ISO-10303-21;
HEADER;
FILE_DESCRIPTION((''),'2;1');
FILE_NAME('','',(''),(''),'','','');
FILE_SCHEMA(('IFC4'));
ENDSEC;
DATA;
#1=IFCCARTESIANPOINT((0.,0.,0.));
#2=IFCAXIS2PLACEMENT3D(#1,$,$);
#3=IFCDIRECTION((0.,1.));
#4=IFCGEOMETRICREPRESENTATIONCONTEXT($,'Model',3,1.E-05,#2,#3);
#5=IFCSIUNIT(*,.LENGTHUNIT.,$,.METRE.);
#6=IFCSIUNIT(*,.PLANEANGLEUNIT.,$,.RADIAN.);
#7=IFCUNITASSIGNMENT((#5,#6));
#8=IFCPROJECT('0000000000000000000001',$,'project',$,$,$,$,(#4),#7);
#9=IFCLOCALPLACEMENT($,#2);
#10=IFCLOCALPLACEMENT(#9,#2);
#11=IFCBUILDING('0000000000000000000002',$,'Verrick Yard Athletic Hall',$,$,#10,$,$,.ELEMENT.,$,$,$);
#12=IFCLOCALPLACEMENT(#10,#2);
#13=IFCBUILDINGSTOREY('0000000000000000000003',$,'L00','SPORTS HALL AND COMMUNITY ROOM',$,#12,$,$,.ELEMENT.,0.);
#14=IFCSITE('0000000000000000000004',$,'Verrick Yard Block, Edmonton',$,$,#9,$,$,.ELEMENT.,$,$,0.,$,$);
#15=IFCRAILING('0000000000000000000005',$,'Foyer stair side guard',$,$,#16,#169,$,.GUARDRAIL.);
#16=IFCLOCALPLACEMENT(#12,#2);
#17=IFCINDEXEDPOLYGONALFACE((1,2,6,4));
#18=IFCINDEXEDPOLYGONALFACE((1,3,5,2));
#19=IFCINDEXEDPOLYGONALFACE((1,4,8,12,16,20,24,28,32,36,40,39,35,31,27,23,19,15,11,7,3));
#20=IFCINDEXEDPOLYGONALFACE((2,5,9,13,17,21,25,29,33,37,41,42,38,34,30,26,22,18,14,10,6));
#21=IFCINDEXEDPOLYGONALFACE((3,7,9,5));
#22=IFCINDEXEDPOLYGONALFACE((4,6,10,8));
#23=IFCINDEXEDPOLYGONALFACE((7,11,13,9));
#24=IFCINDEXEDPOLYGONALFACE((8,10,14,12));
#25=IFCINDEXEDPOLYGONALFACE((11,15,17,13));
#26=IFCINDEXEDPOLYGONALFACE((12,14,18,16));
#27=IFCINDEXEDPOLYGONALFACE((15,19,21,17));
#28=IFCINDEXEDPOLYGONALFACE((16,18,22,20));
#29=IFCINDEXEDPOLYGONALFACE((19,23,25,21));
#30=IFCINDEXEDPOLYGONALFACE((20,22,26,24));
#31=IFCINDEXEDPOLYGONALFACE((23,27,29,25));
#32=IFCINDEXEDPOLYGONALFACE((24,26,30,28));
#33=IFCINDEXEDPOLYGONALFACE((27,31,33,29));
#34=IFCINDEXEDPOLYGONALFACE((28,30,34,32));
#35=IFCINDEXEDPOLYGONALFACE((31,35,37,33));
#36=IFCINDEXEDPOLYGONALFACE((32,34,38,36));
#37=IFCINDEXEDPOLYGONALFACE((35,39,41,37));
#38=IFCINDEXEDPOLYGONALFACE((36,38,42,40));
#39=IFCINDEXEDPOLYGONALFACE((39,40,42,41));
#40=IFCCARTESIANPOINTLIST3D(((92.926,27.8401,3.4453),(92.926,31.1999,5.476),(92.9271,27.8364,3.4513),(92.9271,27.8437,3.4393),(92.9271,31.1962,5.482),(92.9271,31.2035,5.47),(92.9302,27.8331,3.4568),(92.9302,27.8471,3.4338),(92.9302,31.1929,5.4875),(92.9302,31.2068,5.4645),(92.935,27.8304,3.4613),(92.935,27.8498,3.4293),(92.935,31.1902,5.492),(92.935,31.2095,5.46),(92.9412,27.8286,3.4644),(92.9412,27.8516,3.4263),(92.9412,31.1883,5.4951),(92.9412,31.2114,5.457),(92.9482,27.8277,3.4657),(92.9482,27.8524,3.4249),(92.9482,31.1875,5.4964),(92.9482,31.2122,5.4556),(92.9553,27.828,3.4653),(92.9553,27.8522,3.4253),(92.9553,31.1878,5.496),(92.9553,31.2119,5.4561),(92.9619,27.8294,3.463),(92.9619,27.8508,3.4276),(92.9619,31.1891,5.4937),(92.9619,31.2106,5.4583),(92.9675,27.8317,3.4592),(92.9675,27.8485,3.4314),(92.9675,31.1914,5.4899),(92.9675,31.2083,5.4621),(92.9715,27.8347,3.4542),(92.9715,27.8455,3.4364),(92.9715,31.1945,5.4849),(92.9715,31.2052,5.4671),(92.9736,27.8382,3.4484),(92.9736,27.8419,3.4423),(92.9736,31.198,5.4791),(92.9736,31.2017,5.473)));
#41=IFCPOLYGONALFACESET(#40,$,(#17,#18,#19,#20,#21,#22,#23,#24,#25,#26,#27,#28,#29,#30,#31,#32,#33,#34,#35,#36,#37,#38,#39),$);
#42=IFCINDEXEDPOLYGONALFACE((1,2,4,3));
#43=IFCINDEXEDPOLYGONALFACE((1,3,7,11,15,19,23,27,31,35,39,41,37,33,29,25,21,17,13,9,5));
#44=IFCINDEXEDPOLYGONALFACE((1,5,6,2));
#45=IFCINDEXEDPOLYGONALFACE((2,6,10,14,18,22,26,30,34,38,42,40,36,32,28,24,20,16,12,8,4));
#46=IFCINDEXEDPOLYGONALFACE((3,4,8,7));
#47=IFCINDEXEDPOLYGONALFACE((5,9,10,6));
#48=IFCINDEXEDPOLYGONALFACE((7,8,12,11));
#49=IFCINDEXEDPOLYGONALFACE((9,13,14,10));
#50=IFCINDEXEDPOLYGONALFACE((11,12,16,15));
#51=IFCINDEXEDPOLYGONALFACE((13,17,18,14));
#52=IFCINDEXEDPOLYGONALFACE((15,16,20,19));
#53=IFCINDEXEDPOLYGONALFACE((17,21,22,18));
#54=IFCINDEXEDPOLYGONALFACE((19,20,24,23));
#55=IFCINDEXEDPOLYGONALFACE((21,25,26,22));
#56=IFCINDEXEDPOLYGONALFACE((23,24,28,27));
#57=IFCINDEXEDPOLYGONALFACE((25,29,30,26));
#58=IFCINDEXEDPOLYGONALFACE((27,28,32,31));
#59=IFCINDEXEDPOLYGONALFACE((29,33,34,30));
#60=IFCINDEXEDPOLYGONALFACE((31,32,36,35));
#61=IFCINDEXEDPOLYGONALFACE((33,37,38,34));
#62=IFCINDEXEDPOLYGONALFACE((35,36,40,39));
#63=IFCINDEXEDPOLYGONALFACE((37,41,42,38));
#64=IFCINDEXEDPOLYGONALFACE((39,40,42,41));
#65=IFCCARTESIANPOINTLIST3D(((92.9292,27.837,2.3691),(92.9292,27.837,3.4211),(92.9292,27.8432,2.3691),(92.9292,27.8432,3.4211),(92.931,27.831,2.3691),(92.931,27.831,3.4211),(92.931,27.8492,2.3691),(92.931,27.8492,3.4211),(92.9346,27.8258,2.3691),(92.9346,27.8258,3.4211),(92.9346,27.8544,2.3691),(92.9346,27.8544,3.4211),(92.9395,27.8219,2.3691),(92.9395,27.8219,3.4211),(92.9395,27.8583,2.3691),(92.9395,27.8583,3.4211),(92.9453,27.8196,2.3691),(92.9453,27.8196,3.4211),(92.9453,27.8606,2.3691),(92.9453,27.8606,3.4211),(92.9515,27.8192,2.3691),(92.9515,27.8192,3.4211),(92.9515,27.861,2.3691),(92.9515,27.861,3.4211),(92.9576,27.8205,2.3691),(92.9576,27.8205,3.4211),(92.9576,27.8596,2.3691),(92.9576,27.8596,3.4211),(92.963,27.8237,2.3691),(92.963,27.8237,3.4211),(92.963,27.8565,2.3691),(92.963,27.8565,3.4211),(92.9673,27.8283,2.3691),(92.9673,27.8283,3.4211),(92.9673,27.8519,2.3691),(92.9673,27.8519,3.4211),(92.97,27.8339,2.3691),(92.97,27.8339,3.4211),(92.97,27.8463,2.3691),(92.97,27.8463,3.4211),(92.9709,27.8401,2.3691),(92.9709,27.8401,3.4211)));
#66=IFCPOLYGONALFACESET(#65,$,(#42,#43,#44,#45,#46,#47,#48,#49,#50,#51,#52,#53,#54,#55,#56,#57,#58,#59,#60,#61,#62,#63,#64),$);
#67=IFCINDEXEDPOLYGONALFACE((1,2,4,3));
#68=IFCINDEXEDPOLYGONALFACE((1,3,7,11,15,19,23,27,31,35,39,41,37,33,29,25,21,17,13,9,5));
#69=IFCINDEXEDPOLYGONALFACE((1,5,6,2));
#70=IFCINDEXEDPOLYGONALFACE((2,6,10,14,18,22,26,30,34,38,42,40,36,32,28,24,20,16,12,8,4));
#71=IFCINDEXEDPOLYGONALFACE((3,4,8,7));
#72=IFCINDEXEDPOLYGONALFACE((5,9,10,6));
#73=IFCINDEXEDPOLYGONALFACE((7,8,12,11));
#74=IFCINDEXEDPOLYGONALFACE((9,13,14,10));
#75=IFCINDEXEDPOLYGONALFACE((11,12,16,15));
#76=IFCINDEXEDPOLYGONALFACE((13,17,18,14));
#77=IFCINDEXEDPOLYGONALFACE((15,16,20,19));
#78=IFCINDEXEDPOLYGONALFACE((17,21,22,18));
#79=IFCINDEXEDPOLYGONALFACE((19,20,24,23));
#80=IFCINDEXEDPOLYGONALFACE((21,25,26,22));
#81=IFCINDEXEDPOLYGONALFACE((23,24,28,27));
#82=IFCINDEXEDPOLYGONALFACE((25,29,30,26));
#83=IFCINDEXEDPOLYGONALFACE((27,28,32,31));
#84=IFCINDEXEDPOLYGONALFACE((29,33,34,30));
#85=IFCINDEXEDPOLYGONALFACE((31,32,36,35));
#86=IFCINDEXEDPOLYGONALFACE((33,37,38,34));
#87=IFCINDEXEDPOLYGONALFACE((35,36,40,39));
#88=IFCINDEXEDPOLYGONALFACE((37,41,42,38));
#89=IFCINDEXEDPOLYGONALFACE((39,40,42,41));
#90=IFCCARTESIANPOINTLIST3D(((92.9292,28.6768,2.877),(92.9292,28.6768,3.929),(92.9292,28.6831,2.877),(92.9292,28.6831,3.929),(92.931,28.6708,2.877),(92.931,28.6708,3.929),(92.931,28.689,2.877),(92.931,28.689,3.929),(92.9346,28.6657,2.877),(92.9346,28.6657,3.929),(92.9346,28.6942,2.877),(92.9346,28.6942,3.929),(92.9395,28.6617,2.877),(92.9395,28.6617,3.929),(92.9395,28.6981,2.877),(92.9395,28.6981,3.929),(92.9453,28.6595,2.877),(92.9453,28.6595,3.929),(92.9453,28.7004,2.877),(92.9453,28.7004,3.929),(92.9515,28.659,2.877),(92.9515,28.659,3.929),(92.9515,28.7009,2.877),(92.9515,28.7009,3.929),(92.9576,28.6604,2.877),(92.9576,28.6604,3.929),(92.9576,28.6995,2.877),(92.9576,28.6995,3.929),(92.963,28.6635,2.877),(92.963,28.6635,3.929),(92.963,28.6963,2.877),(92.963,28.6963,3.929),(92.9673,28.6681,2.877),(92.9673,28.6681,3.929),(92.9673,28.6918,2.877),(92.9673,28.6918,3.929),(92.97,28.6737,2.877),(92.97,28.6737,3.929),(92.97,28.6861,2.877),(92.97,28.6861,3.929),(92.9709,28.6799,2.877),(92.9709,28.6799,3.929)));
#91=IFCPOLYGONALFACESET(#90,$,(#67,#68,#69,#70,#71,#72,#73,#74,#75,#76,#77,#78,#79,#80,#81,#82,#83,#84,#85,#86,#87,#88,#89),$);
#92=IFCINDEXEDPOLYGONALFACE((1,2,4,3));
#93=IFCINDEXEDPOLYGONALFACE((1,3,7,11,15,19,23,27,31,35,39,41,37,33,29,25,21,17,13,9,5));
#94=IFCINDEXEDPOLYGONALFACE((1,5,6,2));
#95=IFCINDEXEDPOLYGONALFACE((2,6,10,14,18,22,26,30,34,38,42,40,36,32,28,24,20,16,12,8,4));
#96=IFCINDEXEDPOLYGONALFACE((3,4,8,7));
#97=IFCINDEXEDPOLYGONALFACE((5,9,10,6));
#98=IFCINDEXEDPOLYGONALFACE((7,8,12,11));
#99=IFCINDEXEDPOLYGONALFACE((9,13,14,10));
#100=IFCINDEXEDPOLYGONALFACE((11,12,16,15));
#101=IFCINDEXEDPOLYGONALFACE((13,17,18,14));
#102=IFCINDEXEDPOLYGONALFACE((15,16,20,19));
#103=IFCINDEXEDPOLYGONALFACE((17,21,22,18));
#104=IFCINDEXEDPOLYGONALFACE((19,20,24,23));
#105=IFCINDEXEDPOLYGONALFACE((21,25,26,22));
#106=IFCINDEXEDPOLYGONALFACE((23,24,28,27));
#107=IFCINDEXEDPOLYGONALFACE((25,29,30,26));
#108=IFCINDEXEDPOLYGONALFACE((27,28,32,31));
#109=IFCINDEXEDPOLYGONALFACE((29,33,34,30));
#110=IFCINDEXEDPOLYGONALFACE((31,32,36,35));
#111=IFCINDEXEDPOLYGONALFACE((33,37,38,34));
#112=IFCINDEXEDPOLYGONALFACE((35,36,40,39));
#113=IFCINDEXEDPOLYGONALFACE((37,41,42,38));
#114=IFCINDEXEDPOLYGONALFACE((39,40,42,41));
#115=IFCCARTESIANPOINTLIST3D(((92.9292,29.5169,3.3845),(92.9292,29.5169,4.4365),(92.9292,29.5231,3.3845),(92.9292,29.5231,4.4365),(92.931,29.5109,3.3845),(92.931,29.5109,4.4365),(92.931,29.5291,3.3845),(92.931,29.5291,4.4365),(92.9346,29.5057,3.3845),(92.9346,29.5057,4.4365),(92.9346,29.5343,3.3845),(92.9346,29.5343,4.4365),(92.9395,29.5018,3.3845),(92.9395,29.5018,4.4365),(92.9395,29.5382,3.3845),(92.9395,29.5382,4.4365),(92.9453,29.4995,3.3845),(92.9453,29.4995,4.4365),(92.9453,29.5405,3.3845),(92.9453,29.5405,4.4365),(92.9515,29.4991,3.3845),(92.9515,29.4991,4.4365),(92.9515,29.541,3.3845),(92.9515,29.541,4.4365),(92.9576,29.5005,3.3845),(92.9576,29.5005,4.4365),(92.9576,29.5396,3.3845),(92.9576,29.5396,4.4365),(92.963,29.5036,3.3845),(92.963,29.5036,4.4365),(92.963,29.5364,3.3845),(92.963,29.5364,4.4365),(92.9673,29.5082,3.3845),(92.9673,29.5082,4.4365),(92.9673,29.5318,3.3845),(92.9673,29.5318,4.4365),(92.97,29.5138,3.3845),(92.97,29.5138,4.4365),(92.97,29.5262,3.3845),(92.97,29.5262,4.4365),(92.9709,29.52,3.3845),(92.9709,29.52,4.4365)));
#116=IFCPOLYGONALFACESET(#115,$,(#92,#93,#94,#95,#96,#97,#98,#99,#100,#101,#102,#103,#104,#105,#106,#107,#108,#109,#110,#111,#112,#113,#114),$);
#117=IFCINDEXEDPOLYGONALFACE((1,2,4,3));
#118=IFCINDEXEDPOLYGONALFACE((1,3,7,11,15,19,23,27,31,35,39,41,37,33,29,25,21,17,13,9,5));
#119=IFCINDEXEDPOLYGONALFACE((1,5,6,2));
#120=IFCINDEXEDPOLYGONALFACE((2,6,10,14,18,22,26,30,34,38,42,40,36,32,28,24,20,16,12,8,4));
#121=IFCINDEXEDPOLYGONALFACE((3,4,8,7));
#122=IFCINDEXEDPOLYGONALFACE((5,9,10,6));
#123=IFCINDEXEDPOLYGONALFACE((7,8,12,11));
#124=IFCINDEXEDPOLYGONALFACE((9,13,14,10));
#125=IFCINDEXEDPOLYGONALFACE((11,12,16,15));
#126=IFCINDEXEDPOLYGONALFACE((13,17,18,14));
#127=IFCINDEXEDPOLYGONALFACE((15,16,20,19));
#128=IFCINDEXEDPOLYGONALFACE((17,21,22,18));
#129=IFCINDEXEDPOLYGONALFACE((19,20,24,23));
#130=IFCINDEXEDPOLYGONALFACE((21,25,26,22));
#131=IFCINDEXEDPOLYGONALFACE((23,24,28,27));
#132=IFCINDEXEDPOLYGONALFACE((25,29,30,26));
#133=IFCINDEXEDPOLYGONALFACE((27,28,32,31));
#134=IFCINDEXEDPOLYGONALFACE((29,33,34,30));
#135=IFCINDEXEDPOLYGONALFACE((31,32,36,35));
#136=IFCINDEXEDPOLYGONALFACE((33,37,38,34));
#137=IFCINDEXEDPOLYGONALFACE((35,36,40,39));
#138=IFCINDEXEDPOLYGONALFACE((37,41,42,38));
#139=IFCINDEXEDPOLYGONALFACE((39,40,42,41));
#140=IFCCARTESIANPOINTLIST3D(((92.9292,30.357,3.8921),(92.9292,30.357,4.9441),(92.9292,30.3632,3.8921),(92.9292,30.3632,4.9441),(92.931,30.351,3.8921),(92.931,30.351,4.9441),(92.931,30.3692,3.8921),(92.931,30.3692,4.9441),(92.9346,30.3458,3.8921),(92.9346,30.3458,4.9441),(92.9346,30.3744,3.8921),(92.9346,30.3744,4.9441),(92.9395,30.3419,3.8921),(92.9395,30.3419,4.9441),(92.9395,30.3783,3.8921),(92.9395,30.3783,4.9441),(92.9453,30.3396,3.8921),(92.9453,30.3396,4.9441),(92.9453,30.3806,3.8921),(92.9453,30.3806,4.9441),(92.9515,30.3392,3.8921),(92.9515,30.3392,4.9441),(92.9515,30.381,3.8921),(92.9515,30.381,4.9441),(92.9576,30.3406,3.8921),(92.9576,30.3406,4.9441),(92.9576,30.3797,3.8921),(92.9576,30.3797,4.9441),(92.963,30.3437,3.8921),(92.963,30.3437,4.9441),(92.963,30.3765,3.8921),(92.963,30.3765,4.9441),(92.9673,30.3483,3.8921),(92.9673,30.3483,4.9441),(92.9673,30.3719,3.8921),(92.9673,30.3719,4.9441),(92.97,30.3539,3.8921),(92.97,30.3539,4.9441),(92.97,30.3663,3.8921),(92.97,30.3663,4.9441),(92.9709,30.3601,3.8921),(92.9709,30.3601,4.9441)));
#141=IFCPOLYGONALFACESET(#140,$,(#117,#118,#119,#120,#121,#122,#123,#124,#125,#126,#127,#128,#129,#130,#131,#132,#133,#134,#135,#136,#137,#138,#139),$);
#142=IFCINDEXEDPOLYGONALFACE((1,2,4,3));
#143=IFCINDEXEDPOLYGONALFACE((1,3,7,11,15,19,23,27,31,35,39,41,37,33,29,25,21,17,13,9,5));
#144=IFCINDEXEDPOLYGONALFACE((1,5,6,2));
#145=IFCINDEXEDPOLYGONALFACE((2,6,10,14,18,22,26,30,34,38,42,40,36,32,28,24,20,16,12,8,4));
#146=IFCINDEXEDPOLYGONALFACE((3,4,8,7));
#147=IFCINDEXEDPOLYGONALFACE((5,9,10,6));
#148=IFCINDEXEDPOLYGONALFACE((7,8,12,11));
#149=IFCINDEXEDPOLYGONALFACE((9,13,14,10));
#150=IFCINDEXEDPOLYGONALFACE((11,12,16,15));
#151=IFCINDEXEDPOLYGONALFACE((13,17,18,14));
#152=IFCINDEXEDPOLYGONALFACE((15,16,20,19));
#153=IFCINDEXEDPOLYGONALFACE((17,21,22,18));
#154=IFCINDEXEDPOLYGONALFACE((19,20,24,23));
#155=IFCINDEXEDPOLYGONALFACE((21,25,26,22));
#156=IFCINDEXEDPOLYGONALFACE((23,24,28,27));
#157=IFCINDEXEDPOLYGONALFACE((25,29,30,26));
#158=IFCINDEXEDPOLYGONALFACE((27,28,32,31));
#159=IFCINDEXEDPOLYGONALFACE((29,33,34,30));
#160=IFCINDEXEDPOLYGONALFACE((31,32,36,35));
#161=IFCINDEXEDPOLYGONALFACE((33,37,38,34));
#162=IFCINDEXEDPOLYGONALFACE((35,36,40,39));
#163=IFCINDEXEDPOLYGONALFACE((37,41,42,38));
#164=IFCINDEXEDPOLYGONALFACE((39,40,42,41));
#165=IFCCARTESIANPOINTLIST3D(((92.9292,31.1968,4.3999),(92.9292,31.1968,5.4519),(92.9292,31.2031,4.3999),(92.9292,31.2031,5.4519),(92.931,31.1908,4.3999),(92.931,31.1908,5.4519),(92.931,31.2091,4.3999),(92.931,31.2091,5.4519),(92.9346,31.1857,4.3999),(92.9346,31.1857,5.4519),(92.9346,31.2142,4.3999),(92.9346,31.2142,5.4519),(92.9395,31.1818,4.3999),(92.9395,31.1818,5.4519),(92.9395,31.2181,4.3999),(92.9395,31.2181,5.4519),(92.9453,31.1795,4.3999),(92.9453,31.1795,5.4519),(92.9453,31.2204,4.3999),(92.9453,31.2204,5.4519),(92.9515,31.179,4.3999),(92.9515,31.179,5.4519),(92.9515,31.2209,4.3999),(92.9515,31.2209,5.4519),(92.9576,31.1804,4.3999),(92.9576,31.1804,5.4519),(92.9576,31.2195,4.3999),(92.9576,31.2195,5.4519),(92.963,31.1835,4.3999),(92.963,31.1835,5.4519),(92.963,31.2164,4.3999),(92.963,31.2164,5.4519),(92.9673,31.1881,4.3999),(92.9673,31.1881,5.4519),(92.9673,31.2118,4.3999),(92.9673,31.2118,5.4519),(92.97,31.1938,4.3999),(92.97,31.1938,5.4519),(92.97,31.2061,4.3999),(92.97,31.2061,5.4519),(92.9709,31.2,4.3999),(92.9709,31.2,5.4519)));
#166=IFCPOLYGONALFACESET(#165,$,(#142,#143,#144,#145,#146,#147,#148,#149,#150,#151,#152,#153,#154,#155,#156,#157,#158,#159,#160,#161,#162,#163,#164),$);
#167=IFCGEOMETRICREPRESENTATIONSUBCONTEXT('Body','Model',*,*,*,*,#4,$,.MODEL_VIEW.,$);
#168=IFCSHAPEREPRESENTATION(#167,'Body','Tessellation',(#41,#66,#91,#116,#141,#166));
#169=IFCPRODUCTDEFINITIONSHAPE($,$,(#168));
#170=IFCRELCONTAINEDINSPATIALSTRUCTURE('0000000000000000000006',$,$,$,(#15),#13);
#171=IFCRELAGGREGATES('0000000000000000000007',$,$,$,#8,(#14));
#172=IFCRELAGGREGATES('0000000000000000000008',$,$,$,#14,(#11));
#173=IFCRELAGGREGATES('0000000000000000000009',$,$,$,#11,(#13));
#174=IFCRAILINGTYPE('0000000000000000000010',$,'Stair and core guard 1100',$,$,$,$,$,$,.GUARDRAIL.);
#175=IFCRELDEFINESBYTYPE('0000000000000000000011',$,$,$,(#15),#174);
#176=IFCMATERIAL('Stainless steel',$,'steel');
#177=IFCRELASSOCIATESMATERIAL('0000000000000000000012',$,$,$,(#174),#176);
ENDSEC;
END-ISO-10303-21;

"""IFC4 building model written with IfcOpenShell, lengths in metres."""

from ifc_helpers import new_model, si_unit, direction, frame, origin, origin_2d, place, context, subcontext, project, spatial, circle, extrude, material, type_object, element, save


model = new_model("IFC4")

# Units and contexts
model_context = context("Model", 3, precision=1e-05, world=origin(), true_north=direction((0.0, 1.0)))
body_context = subcontext(model_context, "Body", "Model", "MODEL_VIEW")
ifc_project = project(units=[si_unit("LENGTHUNIT", "METRE"), si_unit("PLANEANGLEUNIT", "RADIAN")], contexts=[model_context])

# Site, building, storey
site_placement = place(None, origin())
site = spatial("IfcSite", under=ifc_project, at=site_placement, Name="Verrick Yard Block, Edmonton", CompositionType="ELEMENT", RefElevation=0.0)
building_placement = place(site_placement, origin())
building = spatial("IfcBuilding", under=site, at=building_placement, Name="Verrick Yard Athletic Hall", CompositionType="ELEMENT")
storey_placement = place(building_placement, origin())
storey = spatial("IfcBuildingStorey", under=building, at=storey_placement, Name="L00", Description="SPORTS HALL AND COMMUNITY ROOM", CompositionType="ELEMENT", Elevation=0.0)

# Railing
ifc_material_1 = material(Name="Stainless steel", Category="steel")
railing_type_1 = type_object("IfcRailingType", Name="Stair and core guard 1100", PredefinedType="GUARDRAIL", material=ifc_material_1)
for number, where, name in (
    (1, (92.95, 27.8401, 2.3691), "Foyer stair side guard"),
):
    element("IfcRailing", number, at=place(storey_placement, frame(where)), inside=storey, type_object=railing_type_1, Name=name, PredefinedType="GUARDRAIL", context=body_context, shape_type="SweptSolid", body=[
        extrude(circle(Radius=0.0239, at=origin_2d()), frame((0.0, 0.0, 1.0762), z_axis=(0.0, 0.85582, 0.517273), x_axis=(-1.0, 0.0, 0.0)), (0.0, 0.0, 1.0), 3.9258),
        extrude(circle(Radius=0.021, at=origin_2d()), origin(), (0.0, 0.0, 1.0), 1.052),
        extrude(circle(Radius=0.021, at=origin_2d()), frame((0.0, 0.8398, 0.5078)), (0.0, 0.0, 1.0), 1.052),
        extrude(circle(Radius=0.021, at=origin_2d()), frame((0.0, 1.6799, 1.0154)), (0.0, 0.0, 1.0), 1.052),
        extrude(circle(Radius=0.021, at=origin_2d()), frame((0.0, 2.52, 1.5229)), (0.0, 0.0, 1.0), 1.052),
        extrude(circle(Radius=0.021, at=origin_2d()), frame((0.0, 3.3599, 2.0308)), (0.0, 0.0, 1.0), 1.052),
    ])

save(model, "model.ifc")
